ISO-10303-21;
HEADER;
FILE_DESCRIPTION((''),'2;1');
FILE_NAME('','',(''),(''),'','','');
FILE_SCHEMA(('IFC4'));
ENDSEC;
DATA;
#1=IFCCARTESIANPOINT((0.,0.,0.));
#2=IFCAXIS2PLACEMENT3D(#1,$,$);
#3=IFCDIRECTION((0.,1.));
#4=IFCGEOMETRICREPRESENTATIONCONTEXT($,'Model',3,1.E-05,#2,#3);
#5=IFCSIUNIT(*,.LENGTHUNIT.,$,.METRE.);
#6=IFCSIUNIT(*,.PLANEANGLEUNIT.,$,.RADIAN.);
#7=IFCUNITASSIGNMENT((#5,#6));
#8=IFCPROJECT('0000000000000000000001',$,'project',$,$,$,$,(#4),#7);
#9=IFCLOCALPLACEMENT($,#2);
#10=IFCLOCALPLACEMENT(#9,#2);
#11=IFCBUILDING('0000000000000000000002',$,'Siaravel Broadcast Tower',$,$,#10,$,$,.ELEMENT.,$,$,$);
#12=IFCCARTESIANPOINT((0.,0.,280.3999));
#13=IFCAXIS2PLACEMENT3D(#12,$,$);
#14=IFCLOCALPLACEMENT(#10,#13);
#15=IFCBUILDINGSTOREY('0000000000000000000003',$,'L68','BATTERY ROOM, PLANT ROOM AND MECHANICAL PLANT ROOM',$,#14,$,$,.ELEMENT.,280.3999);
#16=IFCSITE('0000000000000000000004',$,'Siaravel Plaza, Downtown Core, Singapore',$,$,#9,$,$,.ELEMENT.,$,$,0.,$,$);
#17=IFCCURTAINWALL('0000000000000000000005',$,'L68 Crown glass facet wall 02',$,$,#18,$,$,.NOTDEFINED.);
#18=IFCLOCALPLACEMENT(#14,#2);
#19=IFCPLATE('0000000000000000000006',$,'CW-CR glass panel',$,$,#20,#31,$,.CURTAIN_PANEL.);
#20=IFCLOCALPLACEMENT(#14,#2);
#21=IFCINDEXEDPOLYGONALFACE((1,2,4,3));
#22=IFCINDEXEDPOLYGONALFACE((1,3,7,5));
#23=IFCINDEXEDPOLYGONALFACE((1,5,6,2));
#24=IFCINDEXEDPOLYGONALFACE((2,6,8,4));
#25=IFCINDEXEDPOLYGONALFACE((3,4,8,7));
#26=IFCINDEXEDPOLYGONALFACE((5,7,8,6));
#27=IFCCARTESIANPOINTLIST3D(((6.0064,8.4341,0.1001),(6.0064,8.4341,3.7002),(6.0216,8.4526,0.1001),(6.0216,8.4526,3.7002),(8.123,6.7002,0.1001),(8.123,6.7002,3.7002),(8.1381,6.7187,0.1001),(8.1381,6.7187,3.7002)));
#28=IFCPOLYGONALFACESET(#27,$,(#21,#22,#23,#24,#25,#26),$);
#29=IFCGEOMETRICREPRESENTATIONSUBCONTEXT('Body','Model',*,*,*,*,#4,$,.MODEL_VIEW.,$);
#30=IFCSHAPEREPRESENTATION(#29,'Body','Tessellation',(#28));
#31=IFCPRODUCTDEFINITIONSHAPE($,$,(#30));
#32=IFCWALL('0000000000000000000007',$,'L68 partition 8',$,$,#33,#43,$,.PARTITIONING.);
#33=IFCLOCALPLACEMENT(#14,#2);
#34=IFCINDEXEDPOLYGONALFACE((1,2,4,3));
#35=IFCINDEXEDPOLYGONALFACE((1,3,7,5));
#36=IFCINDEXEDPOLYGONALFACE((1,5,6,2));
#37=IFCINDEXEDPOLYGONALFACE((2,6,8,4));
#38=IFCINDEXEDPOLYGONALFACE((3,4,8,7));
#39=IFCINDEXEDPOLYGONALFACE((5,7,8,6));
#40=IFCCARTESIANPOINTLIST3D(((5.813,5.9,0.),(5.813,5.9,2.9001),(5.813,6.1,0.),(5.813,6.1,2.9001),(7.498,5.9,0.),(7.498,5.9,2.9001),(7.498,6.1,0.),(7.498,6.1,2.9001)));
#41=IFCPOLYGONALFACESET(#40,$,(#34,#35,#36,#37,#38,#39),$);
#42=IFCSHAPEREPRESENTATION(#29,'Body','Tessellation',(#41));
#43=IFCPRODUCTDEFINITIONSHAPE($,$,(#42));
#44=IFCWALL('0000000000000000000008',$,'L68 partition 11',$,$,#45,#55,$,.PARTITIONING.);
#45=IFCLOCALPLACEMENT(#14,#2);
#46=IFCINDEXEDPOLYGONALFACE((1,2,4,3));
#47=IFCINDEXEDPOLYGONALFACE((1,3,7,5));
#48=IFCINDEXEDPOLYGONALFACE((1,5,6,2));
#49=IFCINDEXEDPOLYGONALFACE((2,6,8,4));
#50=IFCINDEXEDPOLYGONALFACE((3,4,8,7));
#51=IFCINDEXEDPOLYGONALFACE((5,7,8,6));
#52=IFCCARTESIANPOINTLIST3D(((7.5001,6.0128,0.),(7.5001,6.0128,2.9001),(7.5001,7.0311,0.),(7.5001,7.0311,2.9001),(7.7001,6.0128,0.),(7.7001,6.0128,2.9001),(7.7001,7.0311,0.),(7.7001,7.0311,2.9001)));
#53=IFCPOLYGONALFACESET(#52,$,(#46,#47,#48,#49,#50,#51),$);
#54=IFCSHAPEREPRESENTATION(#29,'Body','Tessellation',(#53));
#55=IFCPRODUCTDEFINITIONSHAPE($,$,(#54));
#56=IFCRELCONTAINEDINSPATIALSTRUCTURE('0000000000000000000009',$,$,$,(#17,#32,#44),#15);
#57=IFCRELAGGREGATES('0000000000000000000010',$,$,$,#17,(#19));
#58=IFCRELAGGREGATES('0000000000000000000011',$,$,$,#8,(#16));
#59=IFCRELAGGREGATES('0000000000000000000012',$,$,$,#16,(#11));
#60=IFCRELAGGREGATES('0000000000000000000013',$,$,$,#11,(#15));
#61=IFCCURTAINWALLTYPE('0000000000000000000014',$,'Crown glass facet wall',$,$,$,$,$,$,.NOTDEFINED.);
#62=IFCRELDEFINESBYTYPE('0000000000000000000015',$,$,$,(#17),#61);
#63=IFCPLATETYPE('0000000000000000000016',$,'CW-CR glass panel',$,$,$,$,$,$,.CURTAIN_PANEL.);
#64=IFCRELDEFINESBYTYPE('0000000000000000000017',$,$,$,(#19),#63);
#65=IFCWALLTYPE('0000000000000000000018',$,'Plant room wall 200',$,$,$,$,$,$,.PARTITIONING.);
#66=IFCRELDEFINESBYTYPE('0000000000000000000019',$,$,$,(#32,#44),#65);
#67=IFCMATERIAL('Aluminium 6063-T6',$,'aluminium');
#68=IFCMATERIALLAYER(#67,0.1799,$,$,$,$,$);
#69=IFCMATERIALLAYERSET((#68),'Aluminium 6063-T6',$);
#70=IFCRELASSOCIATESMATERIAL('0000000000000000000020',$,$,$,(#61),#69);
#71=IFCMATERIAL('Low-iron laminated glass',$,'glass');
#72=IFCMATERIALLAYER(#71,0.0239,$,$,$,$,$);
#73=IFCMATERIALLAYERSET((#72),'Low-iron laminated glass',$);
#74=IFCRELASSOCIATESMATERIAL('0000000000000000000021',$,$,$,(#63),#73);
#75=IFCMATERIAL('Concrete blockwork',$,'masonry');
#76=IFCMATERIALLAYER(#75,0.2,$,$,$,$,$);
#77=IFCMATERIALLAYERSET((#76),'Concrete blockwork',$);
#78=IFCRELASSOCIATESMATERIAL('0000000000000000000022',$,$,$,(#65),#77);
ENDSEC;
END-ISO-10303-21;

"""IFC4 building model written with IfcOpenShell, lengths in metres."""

from ifc_helpers import new_model, si_unit, direction, frame, frame_2d, origin, origin_2d, place, context, subcontext, project, spatial, rectangle, extrude, material, layer, layer_set, type_object, element, aggregate, save


model = new_model("IFC4")

# Units and contexts
model_context = context("Model", 3, precision=1e-05, world=origin(), true_north=direction((0.0, 1.0)))
body_context = subcontext(model_context, "Body", "Model", "MODEL_VIEW")
ifc_project = project(units=[si_unit("LENGTHUNIT", "METRE"), si_unit("PLANEANGLEUNIT", "RADIAN")], contexts=[model_context])

# Site, building, storey
site_placement = place(None, origin())
site = spatial("IfcSite", under=ifc_project, at=site_placement, Name="Siaravel Plaza, Downtown Core, Singapore", CompositionType="ELEMENT", RefElevation=0.0)
building_placement = place(site_placement, origin())
building = spatial("IfcBuilding", under=site, at=building_placement, Name="Siaravel Broadcast Tower", CompositionType="ELEMENT")
storey_placement = place(building_placement, frame((0.0, 0.0, 280.3999)))
storey = spatial("IfcBuildingStorey", under=building, at=storey_placement, Name="L68", Description="BATTERY ROOM, PLANT ROOM AND MECHANICAL PLANT ROOM", CompositionType="ELEMENT", Elevation=280.3999)

# Curtain wall
ifc_material_1 = material(Name="Aluminium 6063-T6", Category="aluminium")
ifc_layer_1 = layer(ifc_material_1, 0.1799)
ifc_layer_set_1 = layer_set([ifc_layer_1], Name="Aluminium 6063-T6")
curtain_wall_type = type_object("IfcCurtainWallType", Name="Crown glass facet wall", PredefinedType="NOTDEFINED", material=ifc_layer_set_1)
curtain_wall_1_placement = place(storey_placement, origin())
curtain_wall_1 = element("IfcCurtainWall", 1, at=curtain_wall_1_placement, inside=storey, type_object=curtain_wall_type, Name="L68 Crown glass facet wall 02", PredefinedType="NOTDEFINED")

# Plate
ifc_material_2 = material(Name="Low-iron laminated glass", Category="glass")
ifc_layer_2 = layer(ifc_material_2, 0.0239)
ifc_layer_set_2 = layer_set([ifc_layer_2], Name="Low-iron laminated glass")
plate_type = type_object("IfcPlateType", Name="CW-CR glass panel", PredefinedType="CURTAIN_PANEL", material=ifc_layer_set_2)
plate_1_placement = place(storey_placement, frame((7.0723, 7.5764, 0.1001), z_axis=(0.0, 0.0, 1.0), x_axis=(-0.773568, 0.633713, 0.0)))
plate_1 = element("IfcPlate", 2, at=plate_1_placement, type_object=plate_type, Name="CW-CR glass panel", PredefinedType="CURTAIN_PANEL", context=body_context, shape_type="SweptSolid", body=[
    extrude(rectangle(XDim=2.7361, YDim=0.0239, at=origin_2d()), origin(), (0.0, 0.0, 1.0), 3.6001),
])
aggregate(curtain_wall_1, [plate_1])

# Walls
ifc_material_3 = material(Name="Concrete blockwork", Category="masonry")
ifc_layer_3 = layer(ifc_material_3, 0.2)
ifc_layer_set_3 = layer_set([ifc_layer_3], Name="Concrete blockwork")
wall_type = type_object("IfcWallType", Name="Plant room wall 200", PredefinedType="PARTITIONING", material=ifc_layer_set_3)
wall_1_placement = place(storey_placement, frame((7.498, 6.0, 0.0), z_axis=(0.0, 0.0, 1.0), x_axis=(-1.0, 0.0, 0.0)))
element("IfcWall", 3, at=wall_1_placement, inside=storey, type_object=wall_type, Name="L68 partition 8", PredefinedType="PARTITIONING", context=body_context, shape_type="SweptSolid", body=[
    extrude(rectangle(XDim=1.6851, YDim=0.2, at=frame_2d((0.8425, 0.0))), origin(), (0.0, 0.0, 1.0), 2.9001),
])
wall_2_placement = place(storey_placement, frame((7.6001, 7.0312, 0.0), z_axis=(0.0, 0.0, 1.0), x_axis=(0.0, -1.0, 0.0)))
element("IfcWall", 4, at=wall_2_placement, inside=storey, type_object=wall_type, Name="L68 partition 11", PredefinedType="PARTITIONING", context=body_context, shape_type="SweptSolid", body=[
    extrude(rectangle(XDim=1.0183, YDim=0.2, at=frame_2d((0.5093, 0.0))), origin(), (0.0, 0.0, 1.0), 2.9001),
])

save(model, "model.ifc")
